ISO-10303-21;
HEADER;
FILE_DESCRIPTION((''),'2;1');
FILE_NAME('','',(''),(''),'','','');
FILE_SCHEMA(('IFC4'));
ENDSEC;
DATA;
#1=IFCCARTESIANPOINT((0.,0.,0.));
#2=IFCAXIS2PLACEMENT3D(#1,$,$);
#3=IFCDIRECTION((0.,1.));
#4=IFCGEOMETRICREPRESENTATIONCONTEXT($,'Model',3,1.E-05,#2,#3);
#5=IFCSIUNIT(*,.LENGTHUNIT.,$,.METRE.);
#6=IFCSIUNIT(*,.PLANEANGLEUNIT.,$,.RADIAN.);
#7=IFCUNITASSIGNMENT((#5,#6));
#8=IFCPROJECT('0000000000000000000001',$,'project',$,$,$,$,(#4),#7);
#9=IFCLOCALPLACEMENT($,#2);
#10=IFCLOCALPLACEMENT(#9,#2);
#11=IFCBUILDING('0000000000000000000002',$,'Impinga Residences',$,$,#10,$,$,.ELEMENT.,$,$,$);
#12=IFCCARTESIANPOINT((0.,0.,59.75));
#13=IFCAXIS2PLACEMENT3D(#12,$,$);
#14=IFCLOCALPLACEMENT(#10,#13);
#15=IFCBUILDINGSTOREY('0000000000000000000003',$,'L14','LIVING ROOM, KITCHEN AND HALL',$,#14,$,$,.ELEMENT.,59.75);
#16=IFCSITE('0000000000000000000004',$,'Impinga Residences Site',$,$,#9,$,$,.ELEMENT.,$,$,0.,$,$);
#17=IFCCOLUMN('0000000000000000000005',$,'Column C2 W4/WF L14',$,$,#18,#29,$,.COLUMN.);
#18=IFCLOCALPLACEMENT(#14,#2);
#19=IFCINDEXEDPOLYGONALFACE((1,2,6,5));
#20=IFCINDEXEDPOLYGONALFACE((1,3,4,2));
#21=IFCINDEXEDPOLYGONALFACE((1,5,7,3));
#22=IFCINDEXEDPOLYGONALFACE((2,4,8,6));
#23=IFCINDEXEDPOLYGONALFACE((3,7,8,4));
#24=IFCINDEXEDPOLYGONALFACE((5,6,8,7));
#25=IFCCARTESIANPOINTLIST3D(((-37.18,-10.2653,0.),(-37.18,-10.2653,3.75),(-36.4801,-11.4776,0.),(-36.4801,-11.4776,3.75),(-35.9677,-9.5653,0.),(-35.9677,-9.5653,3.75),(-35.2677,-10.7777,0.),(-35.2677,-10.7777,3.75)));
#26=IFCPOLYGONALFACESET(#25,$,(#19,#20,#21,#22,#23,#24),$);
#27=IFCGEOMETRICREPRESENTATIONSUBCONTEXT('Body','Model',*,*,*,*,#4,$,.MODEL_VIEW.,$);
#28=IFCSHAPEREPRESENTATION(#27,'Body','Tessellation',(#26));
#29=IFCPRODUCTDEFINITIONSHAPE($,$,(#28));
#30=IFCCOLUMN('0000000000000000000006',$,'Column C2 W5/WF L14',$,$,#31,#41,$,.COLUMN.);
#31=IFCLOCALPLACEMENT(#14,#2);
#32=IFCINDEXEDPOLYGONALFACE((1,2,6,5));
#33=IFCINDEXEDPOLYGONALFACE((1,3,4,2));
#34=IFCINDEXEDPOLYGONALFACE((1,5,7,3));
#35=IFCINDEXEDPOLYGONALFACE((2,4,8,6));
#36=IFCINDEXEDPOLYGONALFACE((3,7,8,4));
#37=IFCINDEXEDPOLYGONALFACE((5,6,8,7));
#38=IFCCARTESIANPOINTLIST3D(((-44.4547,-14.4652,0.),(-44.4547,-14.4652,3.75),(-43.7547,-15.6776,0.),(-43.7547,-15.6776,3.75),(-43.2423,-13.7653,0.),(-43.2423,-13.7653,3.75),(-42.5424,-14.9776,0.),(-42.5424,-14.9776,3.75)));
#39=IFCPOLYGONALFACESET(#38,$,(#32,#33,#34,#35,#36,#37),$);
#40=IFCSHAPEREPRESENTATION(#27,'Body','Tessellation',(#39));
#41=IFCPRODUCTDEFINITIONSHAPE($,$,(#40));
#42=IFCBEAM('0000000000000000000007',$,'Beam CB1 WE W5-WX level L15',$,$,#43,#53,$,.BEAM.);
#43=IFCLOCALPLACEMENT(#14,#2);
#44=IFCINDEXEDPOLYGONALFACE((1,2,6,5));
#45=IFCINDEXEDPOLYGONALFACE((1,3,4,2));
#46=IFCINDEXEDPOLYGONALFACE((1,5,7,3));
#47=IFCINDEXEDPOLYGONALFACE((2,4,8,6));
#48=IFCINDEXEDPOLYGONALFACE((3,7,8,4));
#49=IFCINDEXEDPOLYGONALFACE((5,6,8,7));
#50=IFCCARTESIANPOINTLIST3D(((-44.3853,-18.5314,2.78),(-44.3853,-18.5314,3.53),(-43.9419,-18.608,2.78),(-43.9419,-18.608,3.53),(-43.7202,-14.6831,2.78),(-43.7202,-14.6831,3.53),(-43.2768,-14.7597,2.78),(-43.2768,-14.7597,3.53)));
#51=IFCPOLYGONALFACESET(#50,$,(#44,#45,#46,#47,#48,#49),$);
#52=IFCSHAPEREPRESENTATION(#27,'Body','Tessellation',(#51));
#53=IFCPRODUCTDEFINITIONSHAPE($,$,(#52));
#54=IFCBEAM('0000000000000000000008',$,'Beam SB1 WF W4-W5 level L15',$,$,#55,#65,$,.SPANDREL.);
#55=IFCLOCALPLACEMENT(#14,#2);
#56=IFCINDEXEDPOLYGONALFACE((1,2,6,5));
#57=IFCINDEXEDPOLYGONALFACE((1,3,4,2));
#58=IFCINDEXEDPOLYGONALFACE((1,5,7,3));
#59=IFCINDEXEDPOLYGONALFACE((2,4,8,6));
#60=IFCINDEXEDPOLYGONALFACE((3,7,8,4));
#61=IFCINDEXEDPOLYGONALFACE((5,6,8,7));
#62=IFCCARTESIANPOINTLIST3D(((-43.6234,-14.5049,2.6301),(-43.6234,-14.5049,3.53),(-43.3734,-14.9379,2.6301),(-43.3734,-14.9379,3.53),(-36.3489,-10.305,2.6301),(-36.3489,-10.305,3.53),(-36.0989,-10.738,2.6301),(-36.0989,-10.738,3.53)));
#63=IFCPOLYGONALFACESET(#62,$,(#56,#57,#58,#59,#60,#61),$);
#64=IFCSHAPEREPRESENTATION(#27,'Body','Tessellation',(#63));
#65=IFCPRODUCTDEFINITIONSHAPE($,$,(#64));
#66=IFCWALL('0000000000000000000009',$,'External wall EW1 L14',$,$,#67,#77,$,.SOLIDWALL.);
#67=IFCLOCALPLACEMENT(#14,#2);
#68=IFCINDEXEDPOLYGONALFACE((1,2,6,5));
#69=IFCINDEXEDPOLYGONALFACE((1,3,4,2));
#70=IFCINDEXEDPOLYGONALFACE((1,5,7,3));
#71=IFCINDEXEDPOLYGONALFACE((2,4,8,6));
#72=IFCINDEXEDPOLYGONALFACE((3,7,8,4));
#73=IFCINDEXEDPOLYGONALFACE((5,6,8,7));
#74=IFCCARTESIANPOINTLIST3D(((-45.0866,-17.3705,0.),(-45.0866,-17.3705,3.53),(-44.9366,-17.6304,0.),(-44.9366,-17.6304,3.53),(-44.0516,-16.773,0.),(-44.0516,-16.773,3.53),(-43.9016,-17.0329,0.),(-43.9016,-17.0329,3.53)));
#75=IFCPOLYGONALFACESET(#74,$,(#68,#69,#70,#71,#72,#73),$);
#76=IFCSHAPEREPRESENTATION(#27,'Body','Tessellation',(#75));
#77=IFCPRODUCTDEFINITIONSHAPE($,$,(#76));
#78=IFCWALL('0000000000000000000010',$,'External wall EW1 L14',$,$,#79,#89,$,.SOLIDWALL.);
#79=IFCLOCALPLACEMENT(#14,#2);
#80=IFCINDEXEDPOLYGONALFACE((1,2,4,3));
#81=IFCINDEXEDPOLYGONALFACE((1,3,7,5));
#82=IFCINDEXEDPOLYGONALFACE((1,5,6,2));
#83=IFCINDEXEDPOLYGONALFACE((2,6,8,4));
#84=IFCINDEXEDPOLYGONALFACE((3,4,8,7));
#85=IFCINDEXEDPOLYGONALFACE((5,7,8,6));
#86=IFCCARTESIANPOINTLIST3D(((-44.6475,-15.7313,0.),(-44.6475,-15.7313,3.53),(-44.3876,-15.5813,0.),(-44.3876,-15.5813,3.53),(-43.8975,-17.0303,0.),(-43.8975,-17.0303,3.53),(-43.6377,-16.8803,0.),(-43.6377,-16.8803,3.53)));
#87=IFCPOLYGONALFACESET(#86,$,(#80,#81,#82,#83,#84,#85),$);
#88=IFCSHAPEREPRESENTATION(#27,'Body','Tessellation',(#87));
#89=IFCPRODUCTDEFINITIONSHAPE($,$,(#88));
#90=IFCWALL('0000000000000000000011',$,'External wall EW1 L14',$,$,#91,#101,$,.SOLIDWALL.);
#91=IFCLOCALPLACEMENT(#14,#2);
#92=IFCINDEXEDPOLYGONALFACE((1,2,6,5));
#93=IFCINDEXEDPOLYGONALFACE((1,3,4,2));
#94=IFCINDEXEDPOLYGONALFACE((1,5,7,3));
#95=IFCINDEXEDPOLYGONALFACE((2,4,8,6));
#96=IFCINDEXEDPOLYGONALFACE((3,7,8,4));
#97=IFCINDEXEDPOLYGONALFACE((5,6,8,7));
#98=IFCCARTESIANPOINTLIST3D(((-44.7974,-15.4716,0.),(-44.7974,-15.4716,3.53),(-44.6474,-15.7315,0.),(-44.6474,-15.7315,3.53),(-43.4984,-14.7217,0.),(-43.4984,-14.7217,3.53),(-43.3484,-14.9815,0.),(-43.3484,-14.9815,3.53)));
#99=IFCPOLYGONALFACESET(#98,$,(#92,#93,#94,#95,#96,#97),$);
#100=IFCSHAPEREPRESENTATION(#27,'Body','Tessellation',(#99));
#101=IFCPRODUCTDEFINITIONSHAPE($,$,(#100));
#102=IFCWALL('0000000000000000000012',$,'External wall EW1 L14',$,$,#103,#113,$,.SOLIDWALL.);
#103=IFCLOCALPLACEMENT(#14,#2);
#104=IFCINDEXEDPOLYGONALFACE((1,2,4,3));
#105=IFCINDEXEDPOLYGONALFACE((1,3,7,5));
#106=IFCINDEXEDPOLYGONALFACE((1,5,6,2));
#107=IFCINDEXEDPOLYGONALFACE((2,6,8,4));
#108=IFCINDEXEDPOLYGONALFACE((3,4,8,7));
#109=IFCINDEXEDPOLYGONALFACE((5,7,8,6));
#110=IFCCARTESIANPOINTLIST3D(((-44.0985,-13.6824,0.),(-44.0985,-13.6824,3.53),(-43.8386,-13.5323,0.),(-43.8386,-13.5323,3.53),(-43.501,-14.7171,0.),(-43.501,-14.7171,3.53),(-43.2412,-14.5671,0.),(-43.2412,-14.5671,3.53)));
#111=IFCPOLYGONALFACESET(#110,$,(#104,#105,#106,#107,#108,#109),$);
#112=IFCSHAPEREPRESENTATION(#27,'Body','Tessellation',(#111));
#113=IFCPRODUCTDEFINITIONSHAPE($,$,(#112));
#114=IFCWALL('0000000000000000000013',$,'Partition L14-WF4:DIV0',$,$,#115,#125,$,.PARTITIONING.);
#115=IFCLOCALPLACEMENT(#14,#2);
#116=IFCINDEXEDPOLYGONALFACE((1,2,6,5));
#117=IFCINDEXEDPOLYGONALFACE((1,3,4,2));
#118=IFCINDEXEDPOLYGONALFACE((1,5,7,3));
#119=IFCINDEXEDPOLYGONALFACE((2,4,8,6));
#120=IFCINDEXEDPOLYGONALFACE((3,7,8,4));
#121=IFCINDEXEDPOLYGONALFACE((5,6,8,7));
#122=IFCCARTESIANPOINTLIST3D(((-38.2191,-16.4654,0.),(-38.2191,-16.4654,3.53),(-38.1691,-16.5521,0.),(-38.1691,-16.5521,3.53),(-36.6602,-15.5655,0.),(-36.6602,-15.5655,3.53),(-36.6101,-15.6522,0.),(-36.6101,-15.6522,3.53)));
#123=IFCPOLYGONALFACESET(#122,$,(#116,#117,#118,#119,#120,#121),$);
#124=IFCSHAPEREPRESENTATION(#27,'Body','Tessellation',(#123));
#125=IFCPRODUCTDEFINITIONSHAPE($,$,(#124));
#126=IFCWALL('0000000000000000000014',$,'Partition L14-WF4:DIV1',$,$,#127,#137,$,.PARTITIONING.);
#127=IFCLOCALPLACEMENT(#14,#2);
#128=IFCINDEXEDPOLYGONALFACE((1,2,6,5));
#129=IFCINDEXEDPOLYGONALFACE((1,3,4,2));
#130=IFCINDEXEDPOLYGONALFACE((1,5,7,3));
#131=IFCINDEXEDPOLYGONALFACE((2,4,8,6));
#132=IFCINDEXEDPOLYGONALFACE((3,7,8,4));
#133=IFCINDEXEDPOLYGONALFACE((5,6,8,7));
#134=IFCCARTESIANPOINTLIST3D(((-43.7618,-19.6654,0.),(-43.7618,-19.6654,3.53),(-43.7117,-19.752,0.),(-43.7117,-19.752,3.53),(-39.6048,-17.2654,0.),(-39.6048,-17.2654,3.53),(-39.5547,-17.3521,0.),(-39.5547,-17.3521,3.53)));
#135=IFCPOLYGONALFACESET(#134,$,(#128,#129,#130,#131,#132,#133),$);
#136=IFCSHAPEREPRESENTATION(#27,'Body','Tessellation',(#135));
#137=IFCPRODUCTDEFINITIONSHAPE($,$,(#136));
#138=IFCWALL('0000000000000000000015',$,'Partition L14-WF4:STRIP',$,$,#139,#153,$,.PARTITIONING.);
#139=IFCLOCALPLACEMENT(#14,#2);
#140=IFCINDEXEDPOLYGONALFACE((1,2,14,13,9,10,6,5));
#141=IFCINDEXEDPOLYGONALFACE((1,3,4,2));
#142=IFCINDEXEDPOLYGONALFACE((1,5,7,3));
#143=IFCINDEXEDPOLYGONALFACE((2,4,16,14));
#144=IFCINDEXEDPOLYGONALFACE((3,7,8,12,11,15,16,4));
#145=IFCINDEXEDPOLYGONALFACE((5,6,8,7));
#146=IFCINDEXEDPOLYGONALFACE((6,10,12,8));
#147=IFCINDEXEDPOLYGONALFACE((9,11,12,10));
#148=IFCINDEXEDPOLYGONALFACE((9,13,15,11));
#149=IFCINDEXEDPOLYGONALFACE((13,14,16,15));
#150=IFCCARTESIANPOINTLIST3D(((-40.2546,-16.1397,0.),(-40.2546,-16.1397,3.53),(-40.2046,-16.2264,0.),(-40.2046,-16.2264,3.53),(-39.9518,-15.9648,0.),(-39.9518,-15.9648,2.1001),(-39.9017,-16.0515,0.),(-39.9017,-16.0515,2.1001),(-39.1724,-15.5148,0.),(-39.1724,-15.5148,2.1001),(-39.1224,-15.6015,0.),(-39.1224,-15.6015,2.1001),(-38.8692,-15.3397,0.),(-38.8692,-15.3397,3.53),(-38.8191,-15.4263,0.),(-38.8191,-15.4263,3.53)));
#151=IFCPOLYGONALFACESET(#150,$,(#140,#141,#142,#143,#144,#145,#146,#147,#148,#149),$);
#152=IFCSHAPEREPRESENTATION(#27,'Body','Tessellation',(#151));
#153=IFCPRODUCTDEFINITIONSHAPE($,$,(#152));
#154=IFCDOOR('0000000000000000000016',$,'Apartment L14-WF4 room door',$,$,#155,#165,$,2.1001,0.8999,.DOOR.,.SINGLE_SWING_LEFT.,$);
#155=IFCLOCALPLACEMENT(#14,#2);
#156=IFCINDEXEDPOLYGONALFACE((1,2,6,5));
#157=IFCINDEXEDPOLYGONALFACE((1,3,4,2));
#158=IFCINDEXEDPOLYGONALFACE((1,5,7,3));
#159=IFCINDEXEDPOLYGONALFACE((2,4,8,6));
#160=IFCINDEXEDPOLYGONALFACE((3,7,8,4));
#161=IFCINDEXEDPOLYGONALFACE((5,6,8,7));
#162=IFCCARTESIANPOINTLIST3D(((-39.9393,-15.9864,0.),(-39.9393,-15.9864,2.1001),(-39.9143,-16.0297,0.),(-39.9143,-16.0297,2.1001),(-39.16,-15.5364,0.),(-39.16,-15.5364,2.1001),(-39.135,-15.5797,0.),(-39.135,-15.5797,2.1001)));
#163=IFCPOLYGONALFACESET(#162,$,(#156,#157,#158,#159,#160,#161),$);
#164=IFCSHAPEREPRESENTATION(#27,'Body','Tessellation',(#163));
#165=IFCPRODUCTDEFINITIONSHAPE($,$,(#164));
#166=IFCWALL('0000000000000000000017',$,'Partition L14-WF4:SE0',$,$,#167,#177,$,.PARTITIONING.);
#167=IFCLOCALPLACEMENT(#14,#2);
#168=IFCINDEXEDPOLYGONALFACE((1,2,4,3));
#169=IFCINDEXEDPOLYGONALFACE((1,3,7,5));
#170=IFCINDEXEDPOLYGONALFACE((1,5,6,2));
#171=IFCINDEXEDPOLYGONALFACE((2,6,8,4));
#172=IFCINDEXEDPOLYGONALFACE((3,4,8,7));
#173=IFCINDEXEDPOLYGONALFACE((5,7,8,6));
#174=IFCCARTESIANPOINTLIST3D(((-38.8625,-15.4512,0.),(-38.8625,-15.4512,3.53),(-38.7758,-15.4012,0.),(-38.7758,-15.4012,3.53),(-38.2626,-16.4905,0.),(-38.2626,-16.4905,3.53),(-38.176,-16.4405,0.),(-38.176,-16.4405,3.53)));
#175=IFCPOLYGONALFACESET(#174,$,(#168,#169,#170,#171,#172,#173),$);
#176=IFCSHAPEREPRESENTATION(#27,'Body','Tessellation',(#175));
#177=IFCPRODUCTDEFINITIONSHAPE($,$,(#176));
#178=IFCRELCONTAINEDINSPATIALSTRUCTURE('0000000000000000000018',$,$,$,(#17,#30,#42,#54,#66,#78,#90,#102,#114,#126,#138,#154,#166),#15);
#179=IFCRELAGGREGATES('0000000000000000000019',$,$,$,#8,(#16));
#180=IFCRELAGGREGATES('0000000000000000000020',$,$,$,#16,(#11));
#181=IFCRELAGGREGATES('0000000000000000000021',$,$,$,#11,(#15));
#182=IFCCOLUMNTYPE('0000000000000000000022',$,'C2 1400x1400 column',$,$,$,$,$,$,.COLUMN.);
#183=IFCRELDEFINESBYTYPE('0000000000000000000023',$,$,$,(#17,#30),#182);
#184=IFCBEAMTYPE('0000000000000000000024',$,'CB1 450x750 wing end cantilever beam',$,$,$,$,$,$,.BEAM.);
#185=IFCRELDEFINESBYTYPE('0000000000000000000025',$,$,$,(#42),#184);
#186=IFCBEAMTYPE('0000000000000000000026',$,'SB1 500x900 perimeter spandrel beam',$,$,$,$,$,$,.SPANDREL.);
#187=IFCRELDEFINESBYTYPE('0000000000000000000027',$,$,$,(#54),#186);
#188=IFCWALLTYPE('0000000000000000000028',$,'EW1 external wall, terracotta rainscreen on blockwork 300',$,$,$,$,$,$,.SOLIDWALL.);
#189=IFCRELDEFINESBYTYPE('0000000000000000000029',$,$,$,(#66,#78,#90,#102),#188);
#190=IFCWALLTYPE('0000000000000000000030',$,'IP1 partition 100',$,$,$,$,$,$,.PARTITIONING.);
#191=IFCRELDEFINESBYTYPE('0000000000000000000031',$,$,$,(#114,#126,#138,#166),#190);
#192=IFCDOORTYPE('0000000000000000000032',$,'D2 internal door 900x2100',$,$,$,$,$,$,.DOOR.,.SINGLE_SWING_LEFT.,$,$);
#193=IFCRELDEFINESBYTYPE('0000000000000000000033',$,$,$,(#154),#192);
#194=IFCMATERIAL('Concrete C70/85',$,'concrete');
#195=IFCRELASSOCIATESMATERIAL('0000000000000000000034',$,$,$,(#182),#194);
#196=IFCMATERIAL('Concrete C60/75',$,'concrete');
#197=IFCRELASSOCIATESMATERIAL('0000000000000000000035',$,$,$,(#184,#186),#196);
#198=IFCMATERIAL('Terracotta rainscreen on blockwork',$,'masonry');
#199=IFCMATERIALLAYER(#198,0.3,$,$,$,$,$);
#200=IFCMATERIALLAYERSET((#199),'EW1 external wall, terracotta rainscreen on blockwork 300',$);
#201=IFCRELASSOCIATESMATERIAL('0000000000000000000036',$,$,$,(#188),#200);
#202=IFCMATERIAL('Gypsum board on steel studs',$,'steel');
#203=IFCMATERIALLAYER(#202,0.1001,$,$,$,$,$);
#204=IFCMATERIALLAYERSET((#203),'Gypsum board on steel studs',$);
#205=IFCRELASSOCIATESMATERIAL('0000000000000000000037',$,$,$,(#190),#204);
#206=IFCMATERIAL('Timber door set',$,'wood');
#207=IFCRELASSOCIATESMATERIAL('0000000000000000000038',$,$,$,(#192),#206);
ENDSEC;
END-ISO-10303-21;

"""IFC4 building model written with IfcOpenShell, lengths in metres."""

from ifc_helpers import new_model, si_unit, direction, frame, frame_2d, origin, origin_2d, place, context, subcontext, project, spatial, rectangle, extrude, material, layer, layer_set, material_profile, profile_set, type_object, element, fill, save


model = new_model("IFC4")

# Units and contexts
model_context = context("Model", 3, precision=1e-05, world=origin(), true_north=direction((0.0, 1.0)))
body_context = subcontext(model_context, "Body", "Model", "MODEL_VIEW")
ifc_project = project(units=[si_unit("LENGTHUNIT", "METRE"), si_unit("PLANEANGLEUNIT", "RADIAN")], contexts=[model_context])

# Site, building, storey
site_placement = place(None, origin())
site = spatial("IfcSite", under=ifc_project, at=site_placement, Name="Impinga Residences Site", CompositionType="ELEMENT", RefElevation=0.0)
building_placement = place(site_placement, origin())
building = spatial("IfcBuilding", under=site, at=building_placement, Name="Impinga Residences", CompositionType="ELEMENT")
storey_placement = place(building_placement, frame((0.0, 0.0, 59.75)))
storey = spatial("IfcBuildingStorey", under=building, at=storey_placement, Name="L14", Description="LIVING ROOM, KITCHEN AND HALL", CompositionType="ELEMENT", Elevation=59.75)

# Columns
ifc_material_1 = material(Name="Concrete C70/85", Category="concrete")
ifc_material_profile_1 = material_profile(ifc_material_1, rectangle(XDim=1.3999, YDim=1.3999, at=origin_2d()), Name="RC 1400x1400")
ifc_profile_set_1 = profile_set([ifc_material_profile_1], Name="Concrete C70/85")
column_type = type_object("IfcColumnType", Name="C2 1400x1400 column", PredefinedType="COLUMN", material=ifc_profile_set_1)
for number, where, z_axis, x_axis, name in (
    (1, (-36.2239, -10.5215, 0.0), (0.0, 0.0, 1.0), (-0.5, 0.866025, 0.0), "Column C2 W4/WF L14"),
    (2, (-43.4985, -14.7214, 0.0), (0.0, 0.0, 1.0), (-0.5, 0.866025, 0.0), "Column C2 W5/WF L14"),
):
    element("IfcColumn", number, at=place(storey_placement, frame(where, z_axis=z_axis, x_axis=x_axis)), inside=storey, type_object=column_type, Name=name, PredefinedType="COLUMN", context=body_context, shape_type="SweptSolid", body=[
        extrude(rectangle(XDim=1.3999, YDim=1.3999, at=origin_2d()), origin(), (0.0, 0.0, 1.0), 3.75),
    ])

# Beams
ifc_material_2 = material(Name="Concrete C60/75", Category="concrete")
ifc_material_profile_2 = material_profile(ifc_material_2, rectangle(XDim=0.45, YDim=0.75, at=origin_2d()), Name="RC 450x750")
ifc_profile_set_2 = profile_set([ifc_material_profile_2], Name="Concrete C60/75")
beam_type_1 = type_object("IfcBeamType", Name="CB1 450x750 wing end cantilever beam", PredefinedType="BEAM", material=ifc_profile_set_2)
beam_1_placement = place(storey_placement, frame((-43.4985, -14.7214, 3.155), z_axis=(-0.170296, -0.985393, 0.0), x_axis=(0.985393, -0.170296, 0.0)))
element("IfcBeam", 3, at=beam_1_placement, inside=storey, type_object=beam_type_1, Name="Beam CB1 WE W5-WX level L15", PredefinedType="BEAM", context=body_context, shape_type="SweptSolid", body=[
    extrude(rectangle(XDim=0.45, YDim=0.75, at=origin_2d()), origin(), (0.0, 0.0, 1.0), 3.9053),
])
ifc_material_profile_3 = material_profile(ifc_material_2, rectangle(XDim=0.5, YDim=0.8999, at=origin_2d()), Name="RC 500x900")
ifc_profile_set_3 = profile_set([ifc_material_profile_3], Name="Concrete C60/75")
beam_type_2 = type_object("IfcBeamType", Name="SB1 500x900 perimeter spandrel beam", PredefinedType="SPANDREL", material=ifc_profile_set_3)
beam_2_placement = place(storey_placement, frame((-36.2239, -10.5215, 3.0801), z_axis=(-0.866029, -0.499993, 0.0), x_axis=(0.499993, -0.866029, 0.0)))
element("IfcBeam", 4, at=beam_2_placement, inside=storey, type_object=beam_type_2, Name="Beam SB1 WF W4-W5 level L15", PredefinedType="SPANDREL", context=body_context, shape_type="SweptSolid", body=[
    extrude(rectangle(XDim=0.5, YDim=0.8999, at=origin_2d()), origin(), (0.0, 0.0, 1.0), 8.3999),
])

# Walls
ifc_material_3 = material(Name="Terracotta rainscreen on blockwork", Category="masonry")
ifc_layer_1 = layer(ifc_material_3, 0.3)
ifc_layer_set_1 = layer_set([ifc_layer_1], Name="EW1 external wall, terracotta rainscreen on blockwork 300")
wall_type_1 = type_object("IfcWallType", Name="EW1 external wall, terracotta rainscreen on blockwork 300", PredefinedType="SOLIDWALL", material=ifc_layer_set_1)
wall_1_placement = place(storey_placement, frame((-45.0117, -17.5005, 0.0), z_axis=(0.0, 0.0, 1.0), x_axis=(0.86606, 0.499941, 0.0)))
element("IfcWall", 5, at=wall_1_placement, inside=storey, type_object=wall_type_1, Name="External wall EW1 L14", PredefinedType="SOLIDWALL", context=body_context, shape_type="SweptSolid", body=[
    extrude(rectangle(XDim=1.1951, YDim=0.3, at=frame_2d((0.5977, 0.0))), origin(), (0.0, 0.0, 1.0), 3.53),
])
for number, where, z_axis, x_axis, name in (
    (6, (-43.7676, -16.9553, 0.0), (0.0, 0.0, 1.0), (-0.49999, 0.866031, 0.0), "External wall EW1 L14"),
    (7, (-44.7224, -15.6016, 0.0), (0.0, 0.0, 1.0), (0.866031, 0.49999, 0.0), "External wall EW1 L14"),
):
    element("IfcWall", number, at=place(storey_placement, frame(where, z_axis=z_axis, x_axis=x_axis)), inside=storey, type_object=wall_type_1, Name=name, PredefinedType="SOLIDWALL", context=body_context, shape_type="SweptSolid", body=[
        extrude(rectangle(XDim=1.5, YDim=0.3, at=frame_2d((0.75, 0.0))), origin(), (0.0, 0.0, 1.0), 3.53),
    ])
wall_2_placement = place(storey_placement, frame((-43.3711, -14.6421, 0.0), z_axis=(0.0, 0.0, 1.0), x_axis=(-0.500029, 0.866009, 0.0)))
element("IfcWall", 8, at=wall_2_placement, inside=storey, type_object=wall_type_1, Name="External wall EW1 L14", PredefinedType="SOLIDWALL", context=body_context, shape_type="SweptSolid", body=[
    extrude(rectangle(XDim=1.1948, YDim=0.3, at=frame_2d((0.5974, 0.0))), origin(), (0.0, 0.0, 1.0), 3.53),
])

# Walls
ifc_material_4 = material(Name="Gypsum board on steel studs", Category="steel")
ifc_layer_2 = layer(ifc_material_4, 0.1001)
ifc_layer_set_2 = layer_set([ifc_layer_2], Name="Gypsum board on steel studs")
wall_type_2 = type_object("IfcWallType", Name="IP1 partition 100", PredefinedType="PARTITIONING", material=ifc_layer_set_2)
wall_3_placement = place(storey_placement, frame((-36.6353, -15.6089, 0.0), z_axis=(0.0, 0.0, 1.0), x_axis=(-0.866048, -0.499961, 0.0)))
element("IfcWall", 9, at=wall_3_placement, inside=storey, type_object=wall_type_2, Name="Partition L14-WF4:DIV0", PredefinedType="PARTITIONING", context=body_context, shape_type="SweptSolid", body=[
    extrude(rectangle(XDim=1.8, YDim=0.1001, at=frame_2d((0.8999, 0.0))), origin(), (0.0, 0.0, 1.0), 3.53),
])
wall_4_placement = place(storey_placement, frame((-39.5798, -17.3088, 0.0), z_axis=(0.0, 0.0, 1.0), x_axis=(-0.866037, -0.499979, 0.0)))
element("IfcWall", 10, at=wall_4_placement, inside=storey, type_object=wall_type_2, Name="Partition L14-WF4:DIV1", PredefinedType="PARTITIONING", context=body_context, shape_type="SweptSolid", body=[
    extrude(rectangle(XDim=4.8, YDim=0.1001, at=frame_2d((2.3999, 0.0))), origin(), (0.0, 0.0, 1.0), 3.53),
])

# Wall, opening, door
wall_5_placement = place(storey_placement, frame((-38.8442, -15.3831, 0.0), z_axis=(0.0, 0.0, 1.0), x_axis=(-0.86599, -0.500061, 0.0)))
wall_5 = element("IfcWall", 11, at=wall_5_placement, inside=storey, type_object=wall_type_2, Name="Partition L14-WF4:STRIP", PredefinedType="PARTITIONING", context=body_context, shape_type="SweptSolid", body=[
    extrude(rectangle(XDim=1.5999, YDim=0.1001, at=frame_2d((0.7998, 0.0))), origin(), (0.0, 0.0, 1.0), 3.53),
])
opening_1_placement = place(wall_5_placement, frame((0.3501, 0.0, 0.0)))
opening_1 = element("IfcOpeningElement", 12, at=opening_1_placement, cuts=wall_5, PredefinedType="OPENING", context=body_context, shape_type="SweptSolid", body=[
    extrude(rectangle(XDim=0.8999, YDim=2.1001, at=frame_2d((0.45, 1.05))), frame((0.0, 0.0601, 0.0), z_axis=(0.0, -1.0, 0.0), x_axis=(1.0, 0.0, 0.0)), (0.0, 0.0, 1.0), 0.1201),
])
ifc_material_5 = material(Name="Timber door set", Category="wood")
door_type = type_object("IfcDoorType", Name="D2 internal door 900x2100", OperationType="SINGLE_SWING_LEFT", PredefinedType="DOOR", material=ifc_material_5)
door_placement = place(opening_1_placement, origin())
door = element("IfcDoor", 13, at=door_placement, inside=storey, type_object=door_type, Name="Apartment L14-WF4 room door", OperationType="SINGLE_SWING_LEFT", OverallHeight=2.1001, OverallWidth=0.8999, PredefinedType="DOOR", context=body_context, shape_type="SweptSolid", body=[
    extrude(rectangle(XDim=0.8999, YDim=2.1001, at=frame_2d((0.45, 1.05))), frame((0.0, 0.0249, 0.0), z_axis=(0.0, -1.0, 0.0), x_axis=(1.0, 0.0, 0.0)), (0.0, 0.0, 1.0), 0.05),
])
fill(opening_1, door)

# Wall
wall_6_placement = place(storey_placement, frame((-38.2192, -16.4656, 0.0), z_axis=(0.0, 0.0, 1.0), x_axis=(-0.499881, 0.866094, 0.0)))
element("IfcWall", 14, at=wall_6_placement, inside=storey, type_object=wall_type_2, Name="Partition L14-WF4:SE0", PredefinedType="PARTITIONING", context=body_context, shape_type="SweptSolid", body=[
    extrude(rectangle(XDim=1.2, YDim=0.1001, at=frame_2d((0.6001, 0.0))), origin(), (0.0, 0.0, 1.0), 3.53),
])

save(model, "model.ifc")
